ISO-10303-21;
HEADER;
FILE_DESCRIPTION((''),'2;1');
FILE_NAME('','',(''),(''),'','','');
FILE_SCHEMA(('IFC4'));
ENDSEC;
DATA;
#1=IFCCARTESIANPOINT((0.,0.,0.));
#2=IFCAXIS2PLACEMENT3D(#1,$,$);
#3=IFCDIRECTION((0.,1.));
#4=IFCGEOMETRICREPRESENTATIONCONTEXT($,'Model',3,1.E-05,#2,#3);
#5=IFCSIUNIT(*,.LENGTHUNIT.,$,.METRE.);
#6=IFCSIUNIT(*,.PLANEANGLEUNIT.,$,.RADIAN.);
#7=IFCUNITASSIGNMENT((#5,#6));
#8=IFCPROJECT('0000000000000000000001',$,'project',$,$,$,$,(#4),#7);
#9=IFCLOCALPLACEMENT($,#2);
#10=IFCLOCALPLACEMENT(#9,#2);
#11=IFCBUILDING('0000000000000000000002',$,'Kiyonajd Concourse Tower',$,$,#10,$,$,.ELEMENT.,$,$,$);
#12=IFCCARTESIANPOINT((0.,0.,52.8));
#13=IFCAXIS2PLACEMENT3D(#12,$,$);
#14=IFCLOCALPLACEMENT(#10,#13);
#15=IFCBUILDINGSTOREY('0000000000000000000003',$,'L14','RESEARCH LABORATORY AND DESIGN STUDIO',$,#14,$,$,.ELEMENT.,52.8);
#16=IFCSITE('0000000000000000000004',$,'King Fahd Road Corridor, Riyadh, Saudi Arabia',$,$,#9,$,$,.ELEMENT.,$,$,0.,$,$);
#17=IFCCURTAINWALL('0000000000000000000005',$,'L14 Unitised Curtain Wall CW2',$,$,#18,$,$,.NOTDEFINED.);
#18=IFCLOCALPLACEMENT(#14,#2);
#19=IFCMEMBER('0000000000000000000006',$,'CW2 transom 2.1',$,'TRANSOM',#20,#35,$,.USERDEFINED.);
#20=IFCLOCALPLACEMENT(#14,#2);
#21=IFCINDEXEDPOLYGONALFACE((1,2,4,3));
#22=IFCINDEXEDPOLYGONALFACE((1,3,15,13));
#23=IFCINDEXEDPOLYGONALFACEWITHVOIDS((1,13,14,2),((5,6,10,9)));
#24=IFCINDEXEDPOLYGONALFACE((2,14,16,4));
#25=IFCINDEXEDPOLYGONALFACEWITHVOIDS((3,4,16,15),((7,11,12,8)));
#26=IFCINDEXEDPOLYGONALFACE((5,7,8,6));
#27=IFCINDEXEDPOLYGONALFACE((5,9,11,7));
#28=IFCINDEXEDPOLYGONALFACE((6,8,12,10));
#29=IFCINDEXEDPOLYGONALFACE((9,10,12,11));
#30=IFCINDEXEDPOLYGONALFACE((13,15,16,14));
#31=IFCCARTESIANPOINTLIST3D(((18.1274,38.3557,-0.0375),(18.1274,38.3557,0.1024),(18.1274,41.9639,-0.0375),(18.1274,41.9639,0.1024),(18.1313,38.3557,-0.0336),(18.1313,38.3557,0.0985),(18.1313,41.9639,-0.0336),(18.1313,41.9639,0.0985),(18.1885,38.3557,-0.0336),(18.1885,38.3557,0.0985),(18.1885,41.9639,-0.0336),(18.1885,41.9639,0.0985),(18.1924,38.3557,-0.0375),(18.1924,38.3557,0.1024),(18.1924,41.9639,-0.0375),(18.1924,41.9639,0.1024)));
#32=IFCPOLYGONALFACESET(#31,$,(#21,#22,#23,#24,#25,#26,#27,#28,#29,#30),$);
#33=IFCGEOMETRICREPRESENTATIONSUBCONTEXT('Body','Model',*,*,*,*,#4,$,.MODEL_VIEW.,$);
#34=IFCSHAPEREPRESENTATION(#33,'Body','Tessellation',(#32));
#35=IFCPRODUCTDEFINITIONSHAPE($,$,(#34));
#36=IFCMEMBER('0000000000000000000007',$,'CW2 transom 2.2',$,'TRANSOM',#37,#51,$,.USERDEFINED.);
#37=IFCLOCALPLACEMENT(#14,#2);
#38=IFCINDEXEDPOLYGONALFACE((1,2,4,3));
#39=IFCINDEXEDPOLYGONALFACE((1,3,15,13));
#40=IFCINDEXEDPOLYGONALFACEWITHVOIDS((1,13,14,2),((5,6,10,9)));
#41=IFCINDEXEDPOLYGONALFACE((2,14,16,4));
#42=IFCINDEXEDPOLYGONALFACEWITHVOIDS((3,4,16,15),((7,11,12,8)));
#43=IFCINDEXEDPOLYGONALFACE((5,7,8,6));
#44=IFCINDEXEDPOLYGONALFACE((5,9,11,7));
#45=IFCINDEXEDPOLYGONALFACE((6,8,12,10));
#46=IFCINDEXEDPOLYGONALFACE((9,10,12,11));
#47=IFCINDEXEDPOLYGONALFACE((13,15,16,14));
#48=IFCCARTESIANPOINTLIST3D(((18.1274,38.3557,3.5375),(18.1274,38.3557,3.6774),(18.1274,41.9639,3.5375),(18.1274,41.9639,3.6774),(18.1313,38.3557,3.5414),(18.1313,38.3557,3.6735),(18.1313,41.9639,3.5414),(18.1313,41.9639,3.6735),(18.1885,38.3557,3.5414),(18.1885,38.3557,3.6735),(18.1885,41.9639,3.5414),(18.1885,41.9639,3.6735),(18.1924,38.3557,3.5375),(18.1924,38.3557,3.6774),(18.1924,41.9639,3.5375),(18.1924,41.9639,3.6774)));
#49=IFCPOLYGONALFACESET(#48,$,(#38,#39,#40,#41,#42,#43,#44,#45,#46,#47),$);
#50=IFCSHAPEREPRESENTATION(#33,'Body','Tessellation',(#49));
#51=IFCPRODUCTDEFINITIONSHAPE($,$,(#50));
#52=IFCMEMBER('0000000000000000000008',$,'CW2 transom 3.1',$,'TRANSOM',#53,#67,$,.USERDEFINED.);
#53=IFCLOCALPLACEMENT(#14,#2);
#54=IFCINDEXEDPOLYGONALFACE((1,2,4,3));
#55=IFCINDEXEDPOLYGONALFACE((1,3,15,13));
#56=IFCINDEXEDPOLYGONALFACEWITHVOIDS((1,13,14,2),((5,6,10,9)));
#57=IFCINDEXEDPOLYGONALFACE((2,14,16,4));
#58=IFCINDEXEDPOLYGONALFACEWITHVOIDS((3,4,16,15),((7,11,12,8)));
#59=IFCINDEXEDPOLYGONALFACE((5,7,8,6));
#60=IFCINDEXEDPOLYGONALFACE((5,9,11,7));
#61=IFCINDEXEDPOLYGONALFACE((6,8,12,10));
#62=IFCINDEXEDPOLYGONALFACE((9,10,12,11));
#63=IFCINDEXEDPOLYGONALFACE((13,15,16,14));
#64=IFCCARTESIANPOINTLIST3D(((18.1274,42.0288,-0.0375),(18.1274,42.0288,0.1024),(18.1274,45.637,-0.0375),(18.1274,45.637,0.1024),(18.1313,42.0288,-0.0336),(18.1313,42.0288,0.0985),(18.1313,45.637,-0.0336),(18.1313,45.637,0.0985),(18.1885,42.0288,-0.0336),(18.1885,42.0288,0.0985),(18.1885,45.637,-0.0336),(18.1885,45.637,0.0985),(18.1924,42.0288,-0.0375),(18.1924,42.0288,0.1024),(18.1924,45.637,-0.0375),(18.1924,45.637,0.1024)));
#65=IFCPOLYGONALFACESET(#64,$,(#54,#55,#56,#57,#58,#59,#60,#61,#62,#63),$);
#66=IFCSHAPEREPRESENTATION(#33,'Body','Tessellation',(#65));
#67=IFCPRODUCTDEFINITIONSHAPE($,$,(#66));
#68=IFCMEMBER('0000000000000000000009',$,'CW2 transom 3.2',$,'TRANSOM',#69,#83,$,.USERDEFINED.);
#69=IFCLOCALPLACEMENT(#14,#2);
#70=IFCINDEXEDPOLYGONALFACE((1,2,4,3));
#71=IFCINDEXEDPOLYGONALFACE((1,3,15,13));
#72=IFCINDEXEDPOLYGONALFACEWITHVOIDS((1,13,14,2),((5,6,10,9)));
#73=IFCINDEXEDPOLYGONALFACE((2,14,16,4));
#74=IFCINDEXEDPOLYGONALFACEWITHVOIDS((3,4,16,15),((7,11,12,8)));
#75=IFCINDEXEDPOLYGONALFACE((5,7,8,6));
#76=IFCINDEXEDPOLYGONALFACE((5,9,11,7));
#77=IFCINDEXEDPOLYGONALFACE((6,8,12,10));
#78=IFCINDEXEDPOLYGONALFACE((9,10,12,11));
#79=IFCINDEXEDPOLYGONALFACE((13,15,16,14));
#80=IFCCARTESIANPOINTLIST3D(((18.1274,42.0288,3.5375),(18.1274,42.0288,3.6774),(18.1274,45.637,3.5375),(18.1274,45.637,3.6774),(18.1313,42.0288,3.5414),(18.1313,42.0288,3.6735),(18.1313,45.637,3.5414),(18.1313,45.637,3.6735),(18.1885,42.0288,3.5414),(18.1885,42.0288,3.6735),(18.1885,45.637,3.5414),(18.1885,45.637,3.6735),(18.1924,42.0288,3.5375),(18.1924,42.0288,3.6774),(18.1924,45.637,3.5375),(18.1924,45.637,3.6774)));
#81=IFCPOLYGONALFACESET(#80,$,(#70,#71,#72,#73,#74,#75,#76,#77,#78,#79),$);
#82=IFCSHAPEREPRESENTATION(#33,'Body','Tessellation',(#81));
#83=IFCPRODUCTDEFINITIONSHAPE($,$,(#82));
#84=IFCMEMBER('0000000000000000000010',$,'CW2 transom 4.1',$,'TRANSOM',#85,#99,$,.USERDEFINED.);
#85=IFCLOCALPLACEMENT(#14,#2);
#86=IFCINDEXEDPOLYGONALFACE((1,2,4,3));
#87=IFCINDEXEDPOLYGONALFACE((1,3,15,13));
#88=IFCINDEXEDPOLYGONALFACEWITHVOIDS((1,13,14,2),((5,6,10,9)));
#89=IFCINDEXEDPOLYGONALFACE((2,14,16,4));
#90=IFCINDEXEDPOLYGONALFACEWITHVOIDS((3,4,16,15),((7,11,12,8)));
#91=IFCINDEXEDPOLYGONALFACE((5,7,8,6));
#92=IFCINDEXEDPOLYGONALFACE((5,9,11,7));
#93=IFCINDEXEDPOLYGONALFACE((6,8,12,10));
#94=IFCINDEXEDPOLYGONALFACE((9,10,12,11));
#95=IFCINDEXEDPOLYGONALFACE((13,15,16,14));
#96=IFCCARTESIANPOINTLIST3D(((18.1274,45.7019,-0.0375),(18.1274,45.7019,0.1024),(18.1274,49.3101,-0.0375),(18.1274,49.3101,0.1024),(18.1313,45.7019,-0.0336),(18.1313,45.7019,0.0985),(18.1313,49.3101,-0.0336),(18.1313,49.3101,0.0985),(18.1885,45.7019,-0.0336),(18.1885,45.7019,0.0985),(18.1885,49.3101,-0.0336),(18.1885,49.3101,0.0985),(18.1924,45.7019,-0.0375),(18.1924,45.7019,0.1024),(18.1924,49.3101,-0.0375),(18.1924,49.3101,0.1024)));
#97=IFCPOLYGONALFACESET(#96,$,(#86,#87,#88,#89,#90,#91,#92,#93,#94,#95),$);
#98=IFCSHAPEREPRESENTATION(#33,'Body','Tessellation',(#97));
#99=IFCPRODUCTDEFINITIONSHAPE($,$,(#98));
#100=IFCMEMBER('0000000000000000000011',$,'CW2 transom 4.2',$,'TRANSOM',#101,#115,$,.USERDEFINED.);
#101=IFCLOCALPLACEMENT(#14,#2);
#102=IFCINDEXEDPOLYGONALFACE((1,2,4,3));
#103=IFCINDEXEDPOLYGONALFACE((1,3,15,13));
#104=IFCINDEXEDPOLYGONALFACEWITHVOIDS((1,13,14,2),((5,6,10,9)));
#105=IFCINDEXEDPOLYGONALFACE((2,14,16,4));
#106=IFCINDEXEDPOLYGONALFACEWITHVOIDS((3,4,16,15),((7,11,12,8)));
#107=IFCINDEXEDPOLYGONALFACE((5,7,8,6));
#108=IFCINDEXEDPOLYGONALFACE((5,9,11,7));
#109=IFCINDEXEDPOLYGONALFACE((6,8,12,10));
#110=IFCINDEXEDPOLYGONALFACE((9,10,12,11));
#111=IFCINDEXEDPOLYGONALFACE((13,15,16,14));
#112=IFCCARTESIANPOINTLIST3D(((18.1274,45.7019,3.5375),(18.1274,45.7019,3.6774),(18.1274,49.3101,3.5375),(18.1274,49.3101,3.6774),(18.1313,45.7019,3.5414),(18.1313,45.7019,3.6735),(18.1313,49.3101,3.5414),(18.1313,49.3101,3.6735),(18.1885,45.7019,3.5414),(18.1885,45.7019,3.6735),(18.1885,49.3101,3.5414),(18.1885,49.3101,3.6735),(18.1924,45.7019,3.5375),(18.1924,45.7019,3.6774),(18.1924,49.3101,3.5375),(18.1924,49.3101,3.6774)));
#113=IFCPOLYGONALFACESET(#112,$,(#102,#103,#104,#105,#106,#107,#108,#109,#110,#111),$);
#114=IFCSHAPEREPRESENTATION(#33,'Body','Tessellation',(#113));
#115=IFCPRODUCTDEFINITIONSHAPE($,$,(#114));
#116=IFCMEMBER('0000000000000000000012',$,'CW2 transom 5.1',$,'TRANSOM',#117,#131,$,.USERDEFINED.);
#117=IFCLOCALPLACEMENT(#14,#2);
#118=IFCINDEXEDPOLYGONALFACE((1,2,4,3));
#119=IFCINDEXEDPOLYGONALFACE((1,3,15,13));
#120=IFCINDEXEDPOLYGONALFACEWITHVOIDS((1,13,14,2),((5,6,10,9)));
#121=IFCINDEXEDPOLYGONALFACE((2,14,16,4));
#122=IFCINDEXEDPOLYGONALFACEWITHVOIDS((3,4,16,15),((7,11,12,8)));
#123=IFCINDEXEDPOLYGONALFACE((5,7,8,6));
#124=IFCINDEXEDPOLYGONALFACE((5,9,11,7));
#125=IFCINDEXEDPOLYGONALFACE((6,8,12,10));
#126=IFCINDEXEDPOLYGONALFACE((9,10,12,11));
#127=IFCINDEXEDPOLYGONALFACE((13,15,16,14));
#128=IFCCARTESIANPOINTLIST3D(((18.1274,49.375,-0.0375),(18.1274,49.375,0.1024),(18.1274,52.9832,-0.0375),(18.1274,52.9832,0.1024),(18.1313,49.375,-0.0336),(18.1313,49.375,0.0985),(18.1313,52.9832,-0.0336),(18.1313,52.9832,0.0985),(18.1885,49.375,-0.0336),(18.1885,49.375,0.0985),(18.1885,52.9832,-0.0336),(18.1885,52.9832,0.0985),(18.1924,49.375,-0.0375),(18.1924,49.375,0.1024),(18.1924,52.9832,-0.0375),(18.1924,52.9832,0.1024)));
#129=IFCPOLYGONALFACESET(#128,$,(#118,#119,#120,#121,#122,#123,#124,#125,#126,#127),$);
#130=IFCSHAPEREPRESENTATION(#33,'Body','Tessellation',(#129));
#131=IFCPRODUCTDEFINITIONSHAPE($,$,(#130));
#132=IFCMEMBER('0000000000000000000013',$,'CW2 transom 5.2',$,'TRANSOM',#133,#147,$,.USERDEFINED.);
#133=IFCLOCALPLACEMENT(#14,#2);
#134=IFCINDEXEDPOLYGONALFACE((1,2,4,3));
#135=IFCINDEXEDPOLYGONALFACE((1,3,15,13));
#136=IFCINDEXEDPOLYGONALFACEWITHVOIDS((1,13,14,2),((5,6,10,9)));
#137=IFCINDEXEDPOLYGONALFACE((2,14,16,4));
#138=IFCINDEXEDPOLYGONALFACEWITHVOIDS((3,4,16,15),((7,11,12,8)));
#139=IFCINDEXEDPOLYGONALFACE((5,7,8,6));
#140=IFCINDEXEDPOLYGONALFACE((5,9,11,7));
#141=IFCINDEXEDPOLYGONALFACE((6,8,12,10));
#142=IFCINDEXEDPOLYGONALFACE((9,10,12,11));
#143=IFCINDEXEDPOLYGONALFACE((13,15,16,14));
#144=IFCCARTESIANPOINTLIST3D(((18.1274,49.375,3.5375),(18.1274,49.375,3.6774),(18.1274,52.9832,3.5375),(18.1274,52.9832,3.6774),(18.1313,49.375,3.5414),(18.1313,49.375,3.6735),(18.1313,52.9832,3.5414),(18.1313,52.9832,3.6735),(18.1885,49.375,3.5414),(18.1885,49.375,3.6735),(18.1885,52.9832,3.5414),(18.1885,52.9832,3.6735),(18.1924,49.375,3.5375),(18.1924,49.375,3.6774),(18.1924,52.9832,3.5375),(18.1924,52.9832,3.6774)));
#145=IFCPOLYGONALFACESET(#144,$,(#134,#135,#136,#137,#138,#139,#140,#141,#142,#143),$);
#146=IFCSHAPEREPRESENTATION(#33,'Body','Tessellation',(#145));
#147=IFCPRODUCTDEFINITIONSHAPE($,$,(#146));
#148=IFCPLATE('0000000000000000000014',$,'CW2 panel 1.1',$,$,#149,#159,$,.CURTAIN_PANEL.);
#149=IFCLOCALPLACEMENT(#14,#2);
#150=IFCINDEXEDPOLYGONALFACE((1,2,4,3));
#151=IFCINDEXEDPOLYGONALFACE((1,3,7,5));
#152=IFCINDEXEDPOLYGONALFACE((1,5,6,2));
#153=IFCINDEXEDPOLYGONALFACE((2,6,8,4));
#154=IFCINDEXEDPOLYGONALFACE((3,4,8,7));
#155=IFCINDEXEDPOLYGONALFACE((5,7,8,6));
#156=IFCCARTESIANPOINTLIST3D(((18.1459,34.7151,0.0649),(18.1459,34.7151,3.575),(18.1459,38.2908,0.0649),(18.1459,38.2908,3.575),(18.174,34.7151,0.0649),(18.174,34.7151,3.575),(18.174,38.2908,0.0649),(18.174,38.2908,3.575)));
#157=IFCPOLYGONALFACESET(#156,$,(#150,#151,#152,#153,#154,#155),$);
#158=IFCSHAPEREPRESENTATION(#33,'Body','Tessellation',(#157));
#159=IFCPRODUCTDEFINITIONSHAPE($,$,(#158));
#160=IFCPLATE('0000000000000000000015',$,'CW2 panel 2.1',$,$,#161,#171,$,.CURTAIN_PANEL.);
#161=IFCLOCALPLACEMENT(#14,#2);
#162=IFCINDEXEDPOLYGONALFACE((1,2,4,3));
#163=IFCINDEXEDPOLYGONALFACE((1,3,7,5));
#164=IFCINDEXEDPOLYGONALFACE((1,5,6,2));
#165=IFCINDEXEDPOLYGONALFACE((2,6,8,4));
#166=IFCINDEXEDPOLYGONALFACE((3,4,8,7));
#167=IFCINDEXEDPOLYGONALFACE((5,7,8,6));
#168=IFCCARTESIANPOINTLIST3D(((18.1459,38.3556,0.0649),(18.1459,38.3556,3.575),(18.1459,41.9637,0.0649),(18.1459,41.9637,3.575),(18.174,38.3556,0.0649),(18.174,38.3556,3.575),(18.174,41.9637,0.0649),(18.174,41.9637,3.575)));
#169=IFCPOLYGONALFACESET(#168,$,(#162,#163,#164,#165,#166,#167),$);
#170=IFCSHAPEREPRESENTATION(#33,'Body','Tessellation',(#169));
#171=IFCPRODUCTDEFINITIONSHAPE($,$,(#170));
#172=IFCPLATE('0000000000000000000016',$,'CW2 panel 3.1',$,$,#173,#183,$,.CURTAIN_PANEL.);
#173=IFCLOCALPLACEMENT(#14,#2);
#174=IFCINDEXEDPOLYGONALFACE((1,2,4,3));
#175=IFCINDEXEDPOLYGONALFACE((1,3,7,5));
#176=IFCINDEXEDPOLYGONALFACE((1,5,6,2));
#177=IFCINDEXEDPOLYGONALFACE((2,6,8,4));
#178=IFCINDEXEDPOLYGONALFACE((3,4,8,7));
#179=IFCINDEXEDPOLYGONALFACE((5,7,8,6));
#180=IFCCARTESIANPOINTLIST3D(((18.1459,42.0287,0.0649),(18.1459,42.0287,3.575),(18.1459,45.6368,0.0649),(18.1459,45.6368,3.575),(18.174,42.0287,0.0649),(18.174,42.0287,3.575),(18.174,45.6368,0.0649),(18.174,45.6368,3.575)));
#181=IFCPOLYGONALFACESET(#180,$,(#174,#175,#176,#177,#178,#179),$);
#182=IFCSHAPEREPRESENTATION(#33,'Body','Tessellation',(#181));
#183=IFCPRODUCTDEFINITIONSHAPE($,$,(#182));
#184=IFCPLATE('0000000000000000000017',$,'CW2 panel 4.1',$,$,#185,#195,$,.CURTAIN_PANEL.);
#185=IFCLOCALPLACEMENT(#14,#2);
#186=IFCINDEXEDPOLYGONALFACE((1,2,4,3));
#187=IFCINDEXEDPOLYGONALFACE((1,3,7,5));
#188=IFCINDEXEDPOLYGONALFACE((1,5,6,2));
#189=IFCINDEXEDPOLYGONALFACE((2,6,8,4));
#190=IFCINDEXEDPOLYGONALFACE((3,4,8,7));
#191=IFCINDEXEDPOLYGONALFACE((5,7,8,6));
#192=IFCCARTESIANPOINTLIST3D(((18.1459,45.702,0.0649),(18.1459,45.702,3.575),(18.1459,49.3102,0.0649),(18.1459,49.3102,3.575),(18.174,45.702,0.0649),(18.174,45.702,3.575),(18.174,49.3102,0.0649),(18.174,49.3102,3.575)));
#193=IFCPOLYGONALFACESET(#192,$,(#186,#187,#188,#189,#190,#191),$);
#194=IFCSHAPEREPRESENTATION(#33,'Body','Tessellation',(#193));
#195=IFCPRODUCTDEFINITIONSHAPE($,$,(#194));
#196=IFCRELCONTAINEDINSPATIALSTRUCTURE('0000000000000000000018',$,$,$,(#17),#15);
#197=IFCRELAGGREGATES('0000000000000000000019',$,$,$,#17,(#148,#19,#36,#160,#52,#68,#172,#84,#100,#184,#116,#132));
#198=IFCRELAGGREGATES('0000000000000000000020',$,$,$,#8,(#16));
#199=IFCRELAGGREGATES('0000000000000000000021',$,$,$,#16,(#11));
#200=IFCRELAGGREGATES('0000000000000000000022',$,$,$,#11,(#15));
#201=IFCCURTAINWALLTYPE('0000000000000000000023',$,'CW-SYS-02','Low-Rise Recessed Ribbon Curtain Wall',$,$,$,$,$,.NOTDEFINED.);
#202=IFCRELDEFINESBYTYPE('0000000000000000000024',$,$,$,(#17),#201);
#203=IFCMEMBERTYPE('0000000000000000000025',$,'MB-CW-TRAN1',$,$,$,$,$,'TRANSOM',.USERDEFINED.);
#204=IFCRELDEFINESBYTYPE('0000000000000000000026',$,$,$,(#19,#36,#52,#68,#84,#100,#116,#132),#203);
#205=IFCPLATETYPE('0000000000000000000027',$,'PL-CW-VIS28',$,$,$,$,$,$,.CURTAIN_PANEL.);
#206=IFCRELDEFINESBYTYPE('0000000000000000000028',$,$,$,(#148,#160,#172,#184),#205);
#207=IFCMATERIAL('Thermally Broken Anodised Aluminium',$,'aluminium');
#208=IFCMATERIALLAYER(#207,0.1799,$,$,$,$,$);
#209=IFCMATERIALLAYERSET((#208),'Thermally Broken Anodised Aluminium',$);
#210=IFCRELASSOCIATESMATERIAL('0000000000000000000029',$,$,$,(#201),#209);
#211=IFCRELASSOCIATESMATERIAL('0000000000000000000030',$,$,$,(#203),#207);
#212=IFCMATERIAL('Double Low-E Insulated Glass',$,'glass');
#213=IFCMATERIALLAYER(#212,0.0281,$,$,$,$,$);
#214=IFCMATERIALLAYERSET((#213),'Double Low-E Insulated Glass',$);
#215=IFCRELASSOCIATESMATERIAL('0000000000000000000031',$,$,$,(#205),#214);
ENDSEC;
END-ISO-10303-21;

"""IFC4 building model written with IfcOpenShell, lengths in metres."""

from ifc_helpers import new_model, si_unit, direction, frame, origin, origin_2d, place, context, subcontext, project, spatial, rectangle, hollow_rectangle, extrude, material, layer, layer_set, material_profile, profile_set, type_object, element, aggregate, save


model = new_model("IFC4")

# Units and contexts
model_context = context("Model", 3, precision=1e-05, world=origin(), true_north=direction((0.0, 1.0)))
body_context = subcontext(model_context, "Body", "Model", "MODEL_VIEW")
ifc_project = project(units=[si_unit("LENGTHUNIT", "METRE"), si_unit("PLANEANGLEUNIT", "RADIAN")], contexts=[model_context])

# Site, building, storey
site_placement = place(None, origin())
site = spatial("IfcSite", under=ifc_project, at=site_placement, Name="King Fahd Road Corridor, Riyadh, Saudi Arabia", CompositionType="ELEMENT", RefElevation=0.0)
building_placement = place(site_placement, origin())
building = spatial("IfcBuilding", under=site, at=building_placement, Name="Kiyonajd Concourse Tower", CompositionType="ELEMENT")
storey_placement = place(building_placement, frame((0.0, 0.0, 52.8)))
storey = spatial("IfcBuildingStorey", under=building, at=storey_placement, Name="L14", Description="RESEARCH LABORATORY AND DESIGN STUDIO", CompositionType="ELEMENT", Elevation=52.8)

# Curtain wall, members, plates
ifc_material_1 = material(Name="Thermally Broken Anodised Aluminium", Category="aluminium")
ifc_layer_1 = layer(ifc_material_1, 0.1799)
ifc_layer_set_1 = layer_set([ifc_layer_1], Name="Thermally Broken Anodised Aluminium")
curtain_wall_type = type_object("IfcCurtainWallType", Name="CW-SYS-02", Description="Low-Rise Recessed Ribbon Curtain Wall", PredefinedType="NOTDEFINED", material=ifc_layer_set_1)
curtain_wall_placement = place(storey_placement, origin())
curtain_wall = element("IfcCurtainWall", 1, at=curtain_wall_placement, inside=storey, type_object=curtain_wall_type, Name="L14 Unitised Curtain Wall CW2", PredefinedType="NOTDEFINED")
ifc_material_profile_1 = material_profile(ifc_material_1, hollow_rectangle(XDim=0.0649, YDim=0.1399, WallThickness=0.0039, at=origin_2d()), Name="TRAN-65x140")
ifc_profile_set_1 = profile_set([ifc_material_profile_1], Name="Thermally Broken Anodised Aluminium")
member_type_1 = type_object("IfcMemberType", Name="MB-CW-TRAN1", ElementType="TRANSOM", PredefinedType="USERDEFINED", material=ifc_profile_set_1)
member_1_placement = place(storey_placement, frame((18.1599, 38.3557, 0.0325), z_axis=(0.0, 1.0, 0.0), x_axis=(-1.0, 0.0, 0.0)))
member_1 = element("IfcMember", 2, at=member_1_placement, type_object=member_type_1, Name="CW2 transom 2.1", ObjectType="TRANSOM", PredefinedType="USERDEFINED", context=body_context, shape_type="SweptSolid", body=[
    extrude(hollow_rectangle(XDim=0.0649, YDim=0.1399, WallThickness=0.0039, at=origin_2d()), origin(), (0.0, 0.0, 1.0), 3.6082),
])
member_2_placement = place(storey_placement, frame((18.1599, 38.3557, 3.6074), z_axis=(0.0, 1.0, 0.0), x_axis=(-1.0, 0.0, 0.0)))
member_2 = element("IfcMember", 3, at=member_2_placement, type_object=member_type_1, Name="CW2 transom 2.2", ObjectType="TRANSOM", PredefinedType="USERDEFINED", context=body_context, shape_type="SweptSolid", body=[
    extrude(hollow_rectangle(XDim=0.0649, YDim=0.1399, WallThickness=0.0039, at=origin_2d()), origin(), (0.0, 0.0, 1.0), 3.6082),
])
member_3_placement = place(storey_placement, frame((18.1599, 42.0288, 0.0325), z_axis=(0.0, 1.0, 0.0), x_axis=(-1.0, 0.0, 0.0)))
member_3 = element("IfcMember", 4, at=member_3_placement, type_object=member_type_1, Name="CW2 transom 3.1", ObjectType="TRANSOM", PredefinedType="USERDEFINED", context=body_context, shape_type="SweptSolid", body=[
    extrude(hollow_rectangle(XDim=0.0649, YDim=0.1399, WallThickness=0.0039, at=origin_2d()), origin(), (0.0, 0.0, 1.0), 3.6082),
])
member_4_placement = place(storey_placement, frame((18.1599, 42.0288, 3.6074), z_axis=(0.0, 1.0, 0.0), x_axis=(-1.0, 0.0, 0.0)))
member_4 = element("IfcMember", 5, at=member_4_placement, type_object=member_type_1, Name="CW2 transom 3.2", ObjectType="TRANSOM", PredefinedType="USERDEFINED", context=body_context, shape_type="SweptSolid", body=[
    extrude(hollow_rectangle(XDim=0.0649, YDim=0.1399, WallThickness=0.0039, at=origin_2d()), origin(), (0.0, 0.0, 1.0), 3.6082),
])
member_5_placement = place(storey_placement, frame((18.1599, 45.7019, 0.0325), z_axis=(0.0, 1.0, 0.0), x_axis=(-1.0, 0.0, 0.0)))
member_5 = element("IfcMember", 6, at=member_5_placement, type_object=member_type_1, Name="CW2 transom 4.1", ObjectType="TRANSOM", PredefinedType="USERDEFINED", context=body_context, shape_type="SweptSolid", body=[
    extrude(hollow_rectangle(XDim=0.0649, YDim=0.1399, WallThickness=0.0039, at=origin_2d()), origin(), (0.0, 0.0, 1.0), 3.6082),
])
member_6_placement = place(storey_placement, frame((18.1599, 45.7019, 3.6074), z_axis=(0.0, 1.0, 0.0), x_axis=(-1.0, 0.0, 0.0)))
member_6 = element("IfcMember", 7, at=member_6_placement, type_object=member_type_1, Name="CW2 transom 4.2", ObjectType="TRANSOM", PredefinedType="USERDEFINED", context=body_context, shape_type="SweptSolid", body=[
    extrude(hollow_rectangle(XDim=0.0649, YDim=0.1399, WallThickness=0.0039, at=origin_2d()), origin(), (0.0, 0.0, 1.0), 3.6082),
])
member_7_placement = place(storey_placement, frame((18.1599, 49.375, 0.0325), z_axis=(0.0, 1.0, 0.0), x_axis=(-1.0, 0.0, 0.0)))
member_7 = element("IfcMember", 8, at=member_7_placement, type_object=member_type_1, Name="CW2 transom 5.1", ObjectType="TRANSOM", PredefinedType="USERDEFINED", context=body_context, shape_type="SweptSolid", body=[
    extrude(hollow_rectangle(XDim=0.0649, YDim=0.1399, WallThickness=0.0039, at=origin_2d()), origin(), (0.0, 0.0, 1.0), 3.6082),
])
member_8_placement = place(storey_placement, frame((18.1599, 49.375, 3.6074), z_axis=(0.0, 1.0, 0.0), x_axis=(-1.0, 0.0, 0.0)))
member_8 = element("IfcMember", 9, at=member_8_placement, type_object=member_type_1, Name="CW2 transom 5.2", ObjectType="TRANSOM", PredefinedType="USERDEFINED", context=body_context, shape_type="SweptSolid", body=[
    extrude(hollow_rectangle(XDim=0.0649, YDim=0.1399, WallThickness=0.0039, at=origin_2d()), origin(), (0.0, 0.0, 1.0), 3.6082),
])
ifc_material_2 = material(Name="Double Low-E Insulated Glass", Category="glass")
ifc_layer_2 = layer(ifc_material_2, 0.0281)
ifc_layer_set_2 = layer_set([ifc_layer_2], Name="Double Low-E Insulated Glass")
plate_type = type_object("IfcPlateType", Name="PL-CW-VIS28", PredefinedType="CURTAIN_PANEL", material=ifc_layer_set_2)
plate_1_placement = place(storey_placement, frame((18.1599, 36.5029, 0.0649), z_axis=(0.0, 0.0, 1.0), x_axis=(0.0, 1.0, 0.0)))
plate_1 = element("IfcPlate", 10, at=plate_1_placement, type_object=plate_type, Name="CW2 panel 1.1", PredefinedType="CURTAIN_PANEL", context=body_context, shape_type="SweptSolid", body=[
    extrude(rectangle(XDim=3.5757, YDim=0.0281, at=origin_2d()), origin(), (0.0, 0.0, 1.0), 3.51),
])
plate_2_placement = place(storey_placement, frame((18.1599, 40.1597, 0.0649), z_axis=(0.0, 0.0, 1.0), x_axis=(0.0, 1.0, 0.0)))
plate_2 = element("IfcPlate", 11, at=plate_2_placement, type_object=plate_type, Name="CW2 panel 2.1", PredefinedType="CURTAIN_PANEL", context=body_context, shape_type="SweptSolid", body=[
    extrude(rectangle(XDim=3.6082, YDim=0.0281, at=origin_2d()), origin(), (0.0, 0.0, 1.0), 3.51),
])
plate_3_placement = place(storey_placement, frame((18.1599, 43.8328, 0.0649), z_axis=(0.0, 0.0, 1.0), x_axis=(0.0, 1.0, 0.0)))
plate_3 = element("IfcPlate", 12, at=plate_3_placement, type_object=plate_type, Name="CW2 panel 3.1", PredefinedType="CURTAIN_PANEL", context=body_context, shape_type="SweptSolid", body=[
    extrude(rectangle(XDim=3.6082, YDim=0.0281, at=origin_2d()), origin(), (0.0, 0.0, 1.0), 3.51),
])
plate_4_placement = place(storey_placement, frame((18.1599, 47.5061, 0.0649), z_axis=(0.0, 0.0, 1.0), x_axis=(0.0, 1.0, 0.0)))
plate_4 = element("IfcPlate", 13, at=plate_4_placement, type_object=plate_type, Name="CW2 panel 4.1", PredefinedType="CURTAIN_PANEL", context=body_context, shape_type="SweptSolid", body=[
    extrude(rectangle(XDim=3.6082, YDim=0.0281, at=origin_2d()), origin(), (0.0, 0.0, 1.0), 3.51),
])
aggregate(curtain_wall, [plate_1, member_1, member_2, plate_2, member_3, member_4, plate_3, member_5, member_6, plate_4, member_7, member_8])

save(model, "model.ifc")
